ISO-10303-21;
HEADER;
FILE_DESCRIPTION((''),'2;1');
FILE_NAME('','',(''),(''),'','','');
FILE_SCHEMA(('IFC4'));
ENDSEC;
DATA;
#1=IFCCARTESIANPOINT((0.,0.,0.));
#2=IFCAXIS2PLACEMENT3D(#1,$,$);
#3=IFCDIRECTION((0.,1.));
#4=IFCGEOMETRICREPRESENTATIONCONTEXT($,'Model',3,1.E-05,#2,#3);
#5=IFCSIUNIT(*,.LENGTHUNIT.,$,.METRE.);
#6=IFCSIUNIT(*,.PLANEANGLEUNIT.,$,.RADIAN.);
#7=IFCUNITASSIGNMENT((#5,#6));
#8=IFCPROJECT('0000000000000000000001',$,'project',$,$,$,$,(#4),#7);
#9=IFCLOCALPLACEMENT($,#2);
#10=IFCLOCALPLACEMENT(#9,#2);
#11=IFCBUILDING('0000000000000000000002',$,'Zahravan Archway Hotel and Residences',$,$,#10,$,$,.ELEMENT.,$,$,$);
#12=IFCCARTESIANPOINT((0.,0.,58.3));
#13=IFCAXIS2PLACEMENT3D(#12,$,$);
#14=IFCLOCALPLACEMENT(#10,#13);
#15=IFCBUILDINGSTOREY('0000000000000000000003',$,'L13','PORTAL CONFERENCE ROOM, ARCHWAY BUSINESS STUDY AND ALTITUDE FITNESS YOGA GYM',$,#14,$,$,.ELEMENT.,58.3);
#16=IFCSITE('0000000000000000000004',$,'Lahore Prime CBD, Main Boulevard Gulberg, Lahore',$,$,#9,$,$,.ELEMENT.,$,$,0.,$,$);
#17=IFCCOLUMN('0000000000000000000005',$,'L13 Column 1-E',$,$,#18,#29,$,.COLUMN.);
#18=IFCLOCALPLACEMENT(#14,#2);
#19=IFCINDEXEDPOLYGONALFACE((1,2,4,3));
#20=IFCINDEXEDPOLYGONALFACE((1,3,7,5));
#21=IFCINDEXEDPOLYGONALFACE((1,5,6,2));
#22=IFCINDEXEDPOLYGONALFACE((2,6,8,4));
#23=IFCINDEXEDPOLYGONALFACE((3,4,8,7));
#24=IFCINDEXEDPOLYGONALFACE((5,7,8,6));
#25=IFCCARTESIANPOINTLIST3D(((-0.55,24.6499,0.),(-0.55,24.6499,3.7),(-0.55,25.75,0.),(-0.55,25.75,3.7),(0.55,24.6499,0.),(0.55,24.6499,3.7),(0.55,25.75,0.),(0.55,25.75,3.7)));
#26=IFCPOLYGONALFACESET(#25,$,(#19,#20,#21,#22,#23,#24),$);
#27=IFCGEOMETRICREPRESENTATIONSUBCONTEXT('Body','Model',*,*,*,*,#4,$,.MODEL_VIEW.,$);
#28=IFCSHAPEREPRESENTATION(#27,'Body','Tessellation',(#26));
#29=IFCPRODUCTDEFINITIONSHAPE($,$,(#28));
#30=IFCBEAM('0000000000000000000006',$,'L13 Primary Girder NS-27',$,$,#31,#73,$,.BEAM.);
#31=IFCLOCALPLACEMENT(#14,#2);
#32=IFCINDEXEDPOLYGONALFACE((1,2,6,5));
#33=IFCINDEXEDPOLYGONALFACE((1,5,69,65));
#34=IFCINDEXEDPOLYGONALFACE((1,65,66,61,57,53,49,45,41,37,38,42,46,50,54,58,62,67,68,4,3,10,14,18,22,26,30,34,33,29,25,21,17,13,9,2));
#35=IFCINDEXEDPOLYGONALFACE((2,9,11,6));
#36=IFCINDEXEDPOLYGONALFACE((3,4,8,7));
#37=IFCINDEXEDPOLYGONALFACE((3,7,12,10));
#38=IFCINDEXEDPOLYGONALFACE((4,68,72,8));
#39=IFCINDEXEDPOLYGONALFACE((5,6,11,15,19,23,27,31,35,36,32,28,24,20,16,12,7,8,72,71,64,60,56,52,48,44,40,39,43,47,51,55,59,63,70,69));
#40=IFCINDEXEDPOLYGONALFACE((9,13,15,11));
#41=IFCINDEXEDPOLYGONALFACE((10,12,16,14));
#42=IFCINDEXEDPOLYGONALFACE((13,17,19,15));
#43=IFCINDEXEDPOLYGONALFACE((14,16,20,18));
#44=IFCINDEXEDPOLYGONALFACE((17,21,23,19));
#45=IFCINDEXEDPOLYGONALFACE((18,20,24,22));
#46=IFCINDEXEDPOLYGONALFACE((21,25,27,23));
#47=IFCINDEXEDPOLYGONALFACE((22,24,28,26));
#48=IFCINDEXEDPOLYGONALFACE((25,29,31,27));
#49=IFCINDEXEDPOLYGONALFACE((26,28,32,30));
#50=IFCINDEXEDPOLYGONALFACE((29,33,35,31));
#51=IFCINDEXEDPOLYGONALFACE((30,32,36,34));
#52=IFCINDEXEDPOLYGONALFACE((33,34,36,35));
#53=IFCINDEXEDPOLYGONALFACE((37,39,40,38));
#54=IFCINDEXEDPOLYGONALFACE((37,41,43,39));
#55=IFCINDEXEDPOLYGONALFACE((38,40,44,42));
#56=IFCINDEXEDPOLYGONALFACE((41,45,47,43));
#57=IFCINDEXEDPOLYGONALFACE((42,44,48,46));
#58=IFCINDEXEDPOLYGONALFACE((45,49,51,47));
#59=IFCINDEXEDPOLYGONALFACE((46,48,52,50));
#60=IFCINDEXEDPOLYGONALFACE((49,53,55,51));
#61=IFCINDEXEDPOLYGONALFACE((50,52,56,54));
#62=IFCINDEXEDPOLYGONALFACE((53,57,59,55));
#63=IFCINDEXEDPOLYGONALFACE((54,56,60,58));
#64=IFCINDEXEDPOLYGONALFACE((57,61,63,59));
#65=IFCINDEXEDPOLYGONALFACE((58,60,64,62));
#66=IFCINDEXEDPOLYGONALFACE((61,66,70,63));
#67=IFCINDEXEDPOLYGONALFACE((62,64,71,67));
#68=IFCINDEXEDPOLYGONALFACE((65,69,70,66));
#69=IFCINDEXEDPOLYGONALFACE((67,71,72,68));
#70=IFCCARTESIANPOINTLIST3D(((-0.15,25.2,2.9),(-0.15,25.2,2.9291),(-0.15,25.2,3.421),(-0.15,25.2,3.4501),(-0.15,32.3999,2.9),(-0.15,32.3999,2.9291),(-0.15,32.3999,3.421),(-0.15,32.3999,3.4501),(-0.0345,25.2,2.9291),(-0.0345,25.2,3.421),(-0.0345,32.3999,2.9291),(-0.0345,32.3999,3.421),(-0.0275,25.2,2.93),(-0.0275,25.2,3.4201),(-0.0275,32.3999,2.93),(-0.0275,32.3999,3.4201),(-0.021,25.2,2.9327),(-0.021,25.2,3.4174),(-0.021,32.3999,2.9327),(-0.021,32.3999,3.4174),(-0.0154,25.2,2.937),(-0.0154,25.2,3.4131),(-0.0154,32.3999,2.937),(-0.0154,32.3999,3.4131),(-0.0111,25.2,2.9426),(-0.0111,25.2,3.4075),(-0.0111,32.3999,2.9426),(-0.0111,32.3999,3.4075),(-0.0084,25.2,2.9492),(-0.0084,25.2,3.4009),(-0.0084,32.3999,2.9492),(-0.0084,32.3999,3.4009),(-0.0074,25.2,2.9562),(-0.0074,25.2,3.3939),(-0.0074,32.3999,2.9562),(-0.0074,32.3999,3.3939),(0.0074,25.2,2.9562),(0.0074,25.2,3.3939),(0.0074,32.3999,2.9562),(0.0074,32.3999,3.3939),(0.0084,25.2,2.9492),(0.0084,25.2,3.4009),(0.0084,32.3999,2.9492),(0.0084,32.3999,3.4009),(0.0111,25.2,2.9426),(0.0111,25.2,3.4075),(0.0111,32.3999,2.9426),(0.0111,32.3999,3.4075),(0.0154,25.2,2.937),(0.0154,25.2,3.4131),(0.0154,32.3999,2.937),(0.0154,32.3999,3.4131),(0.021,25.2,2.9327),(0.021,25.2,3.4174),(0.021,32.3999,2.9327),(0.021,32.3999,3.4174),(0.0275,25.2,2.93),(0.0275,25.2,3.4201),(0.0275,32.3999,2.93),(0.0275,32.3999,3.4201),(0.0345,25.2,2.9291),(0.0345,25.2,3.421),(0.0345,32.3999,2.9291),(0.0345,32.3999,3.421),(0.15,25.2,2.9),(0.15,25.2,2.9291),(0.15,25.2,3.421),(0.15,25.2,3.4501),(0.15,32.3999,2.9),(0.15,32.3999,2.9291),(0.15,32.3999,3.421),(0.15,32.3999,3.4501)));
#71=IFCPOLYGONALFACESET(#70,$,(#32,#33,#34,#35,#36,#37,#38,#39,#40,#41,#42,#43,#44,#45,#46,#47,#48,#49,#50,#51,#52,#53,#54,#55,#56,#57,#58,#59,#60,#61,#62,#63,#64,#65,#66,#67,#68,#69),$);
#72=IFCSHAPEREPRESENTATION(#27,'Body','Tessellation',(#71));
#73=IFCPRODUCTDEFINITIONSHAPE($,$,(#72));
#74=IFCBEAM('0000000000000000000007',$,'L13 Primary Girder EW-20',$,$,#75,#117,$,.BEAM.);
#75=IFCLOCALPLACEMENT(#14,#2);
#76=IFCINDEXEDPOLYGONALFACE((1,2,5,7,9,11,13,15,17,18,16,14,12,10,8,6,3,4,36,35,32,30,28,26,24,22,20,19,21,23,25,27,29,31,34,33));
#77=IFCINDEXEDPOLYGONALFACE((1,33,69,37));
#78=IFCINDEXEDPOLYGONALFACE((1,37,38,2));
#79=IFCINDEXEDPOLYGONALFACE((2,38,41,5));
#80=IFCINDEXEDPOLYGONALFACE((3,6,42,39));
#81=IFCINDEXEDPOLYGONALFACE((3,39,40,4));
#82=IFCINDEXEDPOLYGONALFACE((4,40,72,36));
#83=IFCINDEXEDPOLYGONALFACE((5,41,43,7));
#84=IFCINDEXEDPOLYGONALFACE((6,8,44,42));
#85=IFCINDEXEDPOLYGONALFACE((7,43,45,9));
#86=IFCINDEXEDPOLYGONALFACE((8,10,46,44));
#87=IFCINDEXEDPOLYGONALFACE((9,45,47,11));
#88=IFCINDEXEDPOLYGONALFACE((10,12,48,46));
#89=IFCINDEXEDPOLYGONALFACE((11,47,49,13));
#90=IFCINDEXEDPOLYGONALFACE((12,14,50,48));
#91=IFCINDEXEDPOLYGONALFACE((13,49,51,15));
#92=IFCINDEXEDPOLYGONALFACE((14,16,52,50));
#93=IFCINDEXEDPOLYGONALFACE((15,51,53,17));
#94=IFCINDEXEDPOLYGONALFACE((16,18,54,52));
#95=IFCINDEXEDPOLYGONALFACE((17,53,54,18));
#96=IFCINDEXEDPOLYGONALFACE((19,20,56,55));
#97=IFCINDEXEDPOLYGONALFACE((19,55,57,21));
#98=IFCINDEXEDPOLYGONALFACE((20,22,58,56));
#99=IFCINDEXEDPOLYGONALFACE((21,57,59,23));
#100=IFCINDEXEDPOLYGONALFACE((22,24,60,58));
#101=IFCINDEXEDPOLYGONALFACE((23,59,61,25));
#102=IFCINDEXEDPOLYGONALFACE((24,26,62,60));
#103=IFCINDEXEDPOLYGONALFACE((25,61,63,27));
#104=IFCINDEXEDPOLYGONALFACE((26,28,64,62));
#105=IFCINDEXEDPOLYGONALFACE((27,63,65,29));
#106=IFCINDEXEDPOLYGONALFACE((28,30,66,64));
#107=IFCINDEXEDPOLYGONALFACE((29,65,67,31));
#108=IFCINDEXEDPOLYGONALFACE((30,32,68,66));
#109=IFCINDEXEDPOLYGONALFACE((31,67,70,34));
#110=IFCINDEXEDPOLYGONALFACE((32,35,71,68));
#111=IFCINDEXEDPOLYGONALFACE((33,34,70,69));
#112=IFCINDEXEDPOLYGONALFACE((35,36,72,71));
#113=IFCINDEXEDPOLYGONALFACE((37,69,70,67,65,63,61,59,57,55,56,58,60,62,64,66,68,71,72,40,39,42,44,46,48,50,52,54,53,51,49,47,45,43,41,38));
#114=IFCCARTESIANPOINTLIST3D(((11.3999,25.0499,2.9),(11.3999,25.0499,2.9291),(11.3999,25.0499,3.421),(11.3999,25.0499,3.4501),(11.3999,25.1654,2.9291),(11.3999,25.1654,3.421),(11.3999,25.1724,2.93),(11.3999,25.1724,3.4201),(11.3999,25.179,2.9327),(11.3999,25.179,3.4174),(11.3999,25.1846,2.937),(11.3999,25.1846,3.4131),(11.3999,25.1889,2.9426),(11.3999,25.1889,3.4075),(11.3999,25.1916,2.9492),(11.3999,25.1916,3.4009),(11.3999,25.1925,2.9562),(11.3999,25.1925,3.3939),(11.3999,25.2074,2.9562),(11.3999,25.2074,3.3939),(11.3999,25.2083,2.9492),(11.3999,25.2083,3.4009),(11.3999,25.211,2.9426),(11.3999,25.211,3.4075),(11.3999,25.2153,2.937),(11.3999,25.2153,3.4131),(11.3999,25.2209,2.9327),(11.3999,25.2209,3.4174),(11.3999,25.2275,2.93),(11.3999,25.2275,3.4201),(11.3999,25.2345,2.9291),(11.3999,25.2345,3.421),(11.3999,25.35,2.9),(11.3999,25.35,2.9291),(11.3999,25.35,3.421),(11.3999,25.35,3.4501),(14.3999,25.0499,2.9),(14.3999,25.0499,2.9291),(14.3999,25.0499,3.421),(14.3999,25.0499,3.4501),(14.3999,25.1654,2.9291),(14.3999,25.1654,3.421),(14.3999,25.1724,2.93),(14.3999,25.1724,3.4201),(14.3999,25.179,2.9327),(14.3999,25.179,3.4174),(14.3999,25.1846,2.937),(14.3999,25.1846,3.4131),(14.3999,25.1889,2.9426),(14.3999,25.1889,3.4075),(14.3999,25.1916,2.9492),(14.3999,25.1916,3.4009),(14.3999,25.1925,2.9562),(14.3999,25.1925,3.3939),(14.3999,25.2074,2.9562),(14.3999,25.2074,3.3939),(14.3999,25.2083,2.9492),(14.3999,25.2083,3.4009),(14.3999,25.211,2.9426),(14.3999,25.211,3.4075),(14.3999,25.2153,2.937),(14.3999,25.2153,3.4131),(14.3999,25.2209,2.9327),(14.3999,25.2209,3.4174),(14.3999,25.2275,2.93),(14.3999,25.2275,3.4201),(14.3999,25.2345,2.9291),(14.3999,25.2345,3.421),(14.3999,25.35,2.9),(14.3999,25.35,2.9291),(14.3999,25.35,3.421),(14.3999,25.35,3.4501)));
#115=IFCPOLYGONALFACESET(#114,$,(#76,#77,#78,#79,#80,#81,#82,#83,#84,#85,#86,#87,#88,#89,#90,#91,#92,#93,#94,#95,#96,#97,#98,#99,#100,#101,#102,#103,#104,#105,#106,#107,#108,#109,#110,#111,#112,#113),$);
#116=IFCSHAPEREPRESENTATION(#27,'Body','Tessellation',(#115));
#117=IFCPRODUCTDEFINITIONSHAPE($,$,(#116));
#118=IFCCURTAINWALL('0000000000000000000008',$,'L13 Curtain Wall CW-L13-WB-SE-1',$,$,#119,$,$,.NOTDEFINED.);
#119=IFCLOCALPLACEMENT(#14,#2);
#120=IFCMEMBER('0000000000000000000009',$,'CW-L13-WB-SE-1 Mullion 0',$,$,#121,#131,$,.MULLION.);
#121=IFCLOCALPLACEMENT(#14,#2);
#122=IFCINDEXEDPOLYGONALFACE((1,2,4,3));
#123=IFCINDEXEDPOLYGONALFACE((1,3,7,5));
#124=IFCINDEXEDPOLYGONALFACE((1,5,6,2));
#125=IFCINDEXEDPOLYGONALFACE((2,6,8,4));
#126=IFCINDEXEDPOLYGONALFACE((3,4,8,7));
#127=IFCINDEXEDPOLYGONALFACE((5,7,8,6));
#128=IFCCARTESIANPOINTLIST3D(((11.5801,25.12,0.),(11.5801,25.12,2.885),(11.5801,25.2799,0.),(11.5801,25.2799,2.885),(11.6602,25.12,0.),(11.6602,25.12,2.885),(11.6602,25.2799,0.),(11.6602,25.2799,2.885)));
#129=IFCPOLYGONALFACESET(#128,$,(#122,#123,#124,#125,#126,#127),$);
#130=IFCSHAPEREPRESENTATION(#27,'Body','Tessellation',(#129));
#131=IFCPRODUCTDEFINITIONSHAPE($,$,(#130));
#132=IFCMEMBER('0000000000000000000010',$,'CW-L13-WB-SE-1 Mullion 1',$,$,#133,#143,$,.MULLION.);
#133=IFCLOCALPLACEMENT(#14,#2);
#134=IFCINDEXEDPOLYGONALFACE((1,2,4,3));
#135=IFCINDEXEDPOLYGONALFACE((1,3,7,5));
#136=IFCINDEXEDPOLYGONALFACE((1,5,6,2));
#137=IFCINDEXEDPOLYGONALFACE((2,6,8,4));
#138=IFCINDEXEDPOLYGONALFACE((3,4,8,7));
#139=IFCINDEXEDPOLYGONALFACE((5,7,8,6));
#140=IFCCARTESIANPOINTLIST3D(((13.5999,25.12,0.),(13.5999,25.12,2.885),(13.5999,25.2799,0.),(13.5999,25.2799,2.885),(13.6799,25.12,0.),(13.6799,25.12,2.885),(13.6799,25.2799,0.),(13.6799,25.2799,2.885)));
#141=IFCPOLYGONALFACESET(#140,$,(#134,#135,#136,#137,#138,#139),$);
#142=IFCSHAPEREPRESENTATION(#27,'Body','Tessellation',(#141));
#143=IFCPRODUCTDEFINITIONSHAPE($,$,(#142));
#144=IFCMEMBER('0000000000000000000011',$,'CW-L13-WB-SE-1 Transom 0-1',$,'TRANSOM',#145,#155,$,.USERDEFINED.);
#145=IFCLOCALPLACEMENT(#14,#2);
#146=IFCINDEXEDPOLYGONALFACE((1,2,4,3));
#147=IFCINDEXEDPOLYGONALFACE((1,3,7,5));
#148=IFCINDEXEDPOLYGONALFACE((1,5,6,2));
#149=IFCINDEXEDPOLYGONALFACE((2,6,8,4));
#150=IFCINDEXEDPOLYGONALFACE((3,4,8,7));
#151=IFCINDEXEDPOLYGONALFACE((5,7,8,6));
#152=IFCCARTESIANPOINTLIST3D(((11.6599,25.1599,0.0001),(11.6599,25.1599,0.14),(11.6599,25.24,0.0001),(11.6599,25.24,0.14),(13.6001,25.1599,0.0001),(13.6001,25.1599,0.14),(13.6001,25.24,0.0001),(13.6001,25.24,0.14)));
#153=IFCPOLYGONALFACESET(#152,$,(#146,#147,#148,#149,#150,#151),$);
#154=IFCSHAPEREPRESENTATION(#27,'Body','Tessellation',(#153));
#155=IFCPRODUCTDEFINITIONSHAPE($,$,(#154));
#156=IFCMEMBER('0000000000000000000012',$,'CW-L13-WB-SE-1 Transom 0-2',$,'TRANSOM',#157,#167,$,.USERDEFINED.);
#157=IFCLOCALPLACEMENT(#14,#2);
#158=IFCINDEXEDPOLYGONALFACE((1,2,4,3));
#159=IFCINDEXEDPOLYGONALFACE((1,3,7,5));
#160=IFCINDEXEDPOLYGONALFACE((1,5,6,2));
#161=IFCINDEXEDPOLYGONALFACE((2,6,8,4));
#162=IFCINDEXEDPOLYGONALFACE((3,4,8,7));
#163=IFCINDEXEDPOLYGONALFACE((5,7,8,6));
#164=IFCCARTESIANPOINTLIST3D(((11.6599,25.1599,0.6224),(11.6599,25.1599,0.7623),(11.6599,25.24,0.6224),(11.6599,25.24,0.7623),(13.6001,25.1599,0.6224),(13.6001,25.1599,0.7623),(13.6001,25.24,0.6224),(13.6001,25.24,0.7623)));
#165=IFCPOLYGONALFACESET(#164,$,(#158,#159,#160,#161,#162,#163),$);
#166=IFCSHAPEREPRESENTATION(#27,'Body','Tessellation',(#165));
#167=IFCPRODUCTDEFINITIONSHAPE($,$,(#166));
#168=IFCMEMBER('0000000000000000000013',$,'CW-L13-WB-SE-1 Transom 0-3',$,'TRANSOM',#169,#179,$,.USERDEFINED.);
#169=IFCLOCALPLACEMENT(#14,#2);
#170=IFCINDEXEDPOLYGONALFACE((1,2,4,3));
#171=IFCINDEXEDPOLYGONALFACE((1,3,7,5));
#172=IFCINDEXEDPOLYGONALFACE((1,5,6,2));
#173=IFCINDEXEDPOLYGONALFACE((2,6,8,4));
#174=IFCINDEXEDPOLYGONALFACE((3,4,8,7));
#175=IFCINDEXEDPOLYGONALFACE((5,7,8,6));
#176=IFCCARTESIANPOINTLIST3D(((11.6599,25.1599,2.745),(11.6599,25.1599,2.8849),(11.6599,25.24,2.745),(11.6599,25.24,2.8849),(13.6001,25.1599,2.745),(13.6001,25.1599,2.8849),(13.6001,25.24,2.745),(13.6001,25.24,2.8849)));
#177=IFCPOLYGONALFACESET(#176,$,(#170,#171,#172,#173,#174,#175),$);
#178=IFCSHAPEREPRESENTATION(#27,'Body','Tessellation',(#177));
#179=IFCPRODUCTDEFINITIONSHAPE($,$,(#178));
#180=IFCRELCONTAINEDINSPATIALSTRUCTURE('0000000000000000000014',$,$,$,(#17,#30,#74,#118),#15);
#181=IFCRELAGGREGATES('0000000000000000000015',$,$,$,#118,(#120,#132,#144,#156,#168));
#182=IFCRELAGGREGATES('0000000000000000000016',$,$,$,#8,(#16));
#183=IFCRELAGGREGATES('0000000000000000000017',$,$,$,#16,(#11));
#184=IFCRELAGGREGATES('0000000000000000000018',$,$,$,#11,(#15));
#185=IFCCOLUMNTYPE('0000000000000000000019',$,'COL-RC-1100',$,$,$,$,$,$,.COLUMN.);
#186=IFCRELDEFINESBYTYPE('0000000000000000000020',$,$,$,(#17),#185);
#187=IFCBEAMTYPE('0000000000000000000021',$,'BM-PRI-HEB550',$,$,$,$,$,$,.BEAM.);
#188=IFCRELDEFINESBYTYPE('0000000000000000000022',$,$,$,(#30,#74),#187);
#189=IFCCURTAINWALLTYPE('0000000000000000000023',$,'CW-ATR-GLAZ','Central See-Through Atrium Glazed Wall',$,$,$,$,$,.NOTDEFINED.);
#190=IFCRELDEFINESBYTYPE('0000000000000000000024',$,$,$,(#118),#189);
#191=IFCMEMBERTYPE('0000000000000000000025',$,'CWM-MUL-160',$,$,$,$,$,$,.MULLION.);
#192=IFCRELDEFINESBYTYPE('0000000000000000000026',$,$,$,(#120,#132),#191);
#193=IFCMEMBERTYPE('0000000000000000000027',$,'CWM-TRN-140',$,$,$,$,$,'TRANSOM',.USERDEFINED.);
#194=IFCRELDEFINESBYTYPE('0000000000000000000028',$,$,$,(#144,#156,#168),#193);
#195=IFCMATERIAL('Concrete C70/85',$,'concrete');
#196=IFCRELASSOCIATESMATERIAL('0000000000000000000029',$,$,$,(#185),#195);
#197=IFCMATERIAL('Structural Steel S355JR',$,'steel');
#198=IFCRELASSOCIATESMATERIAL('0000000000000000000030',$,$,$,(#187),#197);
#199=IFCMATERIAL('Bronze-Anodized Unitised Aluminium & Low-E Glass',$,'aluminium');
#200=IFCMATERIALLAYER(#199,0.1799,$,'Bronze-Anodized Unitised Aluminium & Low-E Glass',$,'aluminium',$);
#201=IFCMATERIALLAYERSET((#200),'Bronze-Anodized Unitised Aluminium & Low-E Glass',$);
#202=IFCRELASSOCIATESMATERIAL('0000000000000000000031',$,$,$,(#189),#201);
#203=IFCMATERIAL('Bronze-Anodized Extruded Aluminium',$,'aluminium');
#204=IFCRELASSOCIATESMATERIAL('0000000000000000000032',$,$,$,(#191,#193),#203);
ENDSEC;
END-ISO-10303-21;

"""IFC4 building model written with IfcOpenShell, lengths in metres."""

from ifc_helpers import new_model, si_unit, direction, frame, origin, origin_2d, place, context, subcontext, project, spatial, rectangle, i_section, extrude, source, transform, mapped, material, layer, layer_set, material_profile, profile_set, type_object, element, aggregate, save


model = new_model("IFC4")

# Units and contexts
model_context = context("Model", 3, precision=1e-05, world=origin(), true_north=direction((0.0, 1.0)))
body_context = subcontext(model_context, "Body", "Model", "MODEL_VIEW")
ifc_project = project(units=[si_unit("LENGTHUNIT", "METRE"), si_unit("PLANEANGLEUNIT", "RADIAN")], contexts=[model_context])

# Site, building, storey
site_placement = place(None, origin())
site = spatial("IfcSite", under=ifc_project, at=site_placement, Name="Lahore Prime CBD, Main Boulevard Gulberg, Lahore", CompositionType="ELEMENT", RefElevation=0.0)
building_placement = place(site_placement, origin())
building = spatial("IfcBuilding", under=site, at=building_placement, Name="Zahravan Archway Hotel and Residences", CompositionType="ELEMENT")
storey_placement = place(building_placement, frame((0.0, 0.0, 58.3)))
storey = spatial("IfcBuildingStorey", under=building, at=storey_placement, Name="L13", Description="PORTAL CONFERENCE ROOM, ARCHWAY BUSINESS STUDY AND ALTITUDE FITNESS YOGA GYM", CompositionType="ELEMENT", Elevation=58.3)

# Column
ifc_material_1 = material(Name="Concrete C70/85", Category="concrete")
ifc_material_profile_1 = material_profile(ifc_material_1, rectangle(XDim=1.1001, YDim=1.1001, at=origin_2d()), Name="RC 1100x1100", Category="concrete")
ifc_profile_set_1 = profile_set([ifc_material_profile_1], Name="Concrete C70/85")
column_type = type_object("IfcColumnType", Name="COL-RC-1100", PredefinedType="COLUMN", material=ifc_profile_set_1)
shared_shape_1 = source(origin(), body_context, "Body", "SweptSolid", [
    extrude(rectangle(XDim=1.1001, YDim=1.1001, at=origin_2d()), origin(), (0.0, 0.0, 1.0), 3.7),
])
column_placement = place(storey_placement, frame((0.0, 25.2, 0.0), z_axis=(0.0, 0.0, 1.0), x_axis=(1.0, 0.0, 0.0)))
element("IfcColumn", 1, at=column_placement, inside=storey, type_object=column_type, Name="L13 Column 1-E", PredefinedType="COLUMN", context=body_context, shape_type="MappedRepresentation", body=[
    mapped(shared_shape_1, transform((0.0, 0.0, 0.0), scale=1.0)),
])

# Beams
ifc_material_2 = material(Name="Structural Steel S355JR", Category="steel")
ifc_material_profile_2 = material_profile(ifc_material_2, i_section(OverallWidth=0.3, OverallDepth=0.55, WebThickness=0.0149, FlangeThickness=0.0291, FilletRadius=0.0271, at=origin_2d()), Name="HEB 550", Category="steel")
ifc_profile_set_2 = profile_set([ifc_material_profile_2], Name="Structural Steel S355JR")
beam_type = type_object("IfcBeamType", Name="BM-PRI-HEB550", PredefinedType="BEAM", material=ifc_profile_set_2)
shared_shape_2 = source(origin(), body_context, "Body", "SweptSolid", [
    extrude(i_section(OverallWidth=0.3, OverallDepth=0.55, WebThickness=0.0149, FlangeThickness=0.0291, FilletRadius=0.0271, at=origin_2d()), origin(), (0.0, 0.0, 1.0), 7.2),
])
beam_1_placement = place(storey_placement, frame((0.0, 25.2, 3.175), z_axis=(0.0, 1.0, 0.0), x_axis=(-1.0, 0.0, 0.0)))
element("IfcBeam", 2, at=beam_1_placement, inside=storey, type_object=beam_type, Name="L13 Primary Girder NS-27", PredefinedType="BEAM", context=body_context, shape_type="MappedRepresentation", body=[
    mapped(shared_shape_2, transform((0.0, 0.0, 0.0), scale=1.0)),
])
shared_shape_3 = source(origin(), body_context, "Body", "SweptSolid", [
    extrude(i_section(OverallWidth=0.3, OverallDepth=0.55, WebThickness=0.0149, FlangeThickness=0.0291, FilletRadius=0.0271, at=origin_2d()), origin(), (0.0, 0.0, 1.0), 3.0),
])
beam_2_placement = place(storey_placement, frame((11.3999, 25.2, 3.175), z_axis=(1.0, 0.0, 0.0), x_axis=(0.0, 1.0, 0.0)))
element("IfcBeam", 3, at=beam_2_placement, inside=storey, type_object=beam_type, Name="L13 Primary Girder EW-20", PredefinedType="BEAM", context=body_context, shape_type="MappedRepresentation", body=[
    mapped(shared_shape_3, transform((0.0, 0.0, 0.0), scale=1.0)),
])

# Curtain wall, members
ifc_material_3 = material(Name="Bronze-Anodized Unitised Aluminium & Low-E Glass", Category="aluminium")
ifc_layer_1 = layer(ifc_material_3, 0.1799, Name="Bronze-Anodized Unitised Aluminium & Low-E Glass", Category="aluminium")
ifc_layer_set_1 = layer_set([ifc_layer_1], Name="Bronze-Anodized Unitised Aluminium & Low-E Glass")
curtain_wall_type = type_object("IfcCurtainWallType", Name="CW-ATR-GLAZ", Description="Central See-Through Atrium Glazed Wall", PredefinedType="NOTDEFINED", material=ifc_layer_set_1)
curtain_wall_placement = place(storey_placement, origin())
curtain_wall = element("IfcCurtainWall", 4, at=curtain_wall_placement, inside=storey, type_object=curtain_wall_type, Name="L13 Curtain Wall CW-L13-WB-SE-1", PredefinedType="NOTDEFINED")
ifc_material_4 = material(Name="Bronze-Anodized Extruded Aluminium", Category="aluminium")
ifc_material_profile_3 = material_profile(ifc_material_4, rectangle(XDim=0.0801, YDim=0.1599, at=origin_2d()), Name="MUL 80x160", Category="aluminium")
ifc_profile_set_3 = profile_set([ifc_material_profile_3], Name="Bronze-Anodized Extruded Aluminium")
member_type_1 = type_object("IfcMemberType", Name="CWM-MUL-160", PredefinedType="MULLION", material=ifc_profile_set_3)
shared_shape_4 = source(origin(), body_context, "Body", "SweptSolid", [
    extrude(rectangle(XDim=0.0801, YDim=0.1599, at=origin_2d()), origin(), (0.0, 0.0, 1.0), 2.885),
])
member_1_placement = place(storey_placement, frame((11.6201, 25.2, 0.0), z_axis=(0.0, 0.0, 1.0), x_axis=(1.0, 0.0, 0.0)))
member_1 = element("IfcMember", 5, at=member_1_placement, type_object=member_type_1, Name="CW-L13-WB-SE-1 Mullion 0", PredefinedType="MULLION", context=body_context, shape_type="MappedRepresentation", body=[
    mapped(shared_shape_4, transform((0.0, 0.0, 0.0), scale=1.0)),
])
member_2_placement = place(storey_placement, frame((13.6399, 25.2, 0.0), z_axis=(0.0, 0.0, 1.0), x_axis=(1.0, 0.0, 0.0)))
member_2 = element("IfcMember", 6, at=member_2_placement, type_object=member_type_1, Name="CW-L13-WB-SE-1 Mullion 1", PredefinedType="MULLION", context=body_context, shape_type="MappedRepresentation", body=[
    mapped(shared_shape_4, transform((0.0, 0.0, 0.0), scale=1.0)),
])
ifc_material_profile_4 = material_profile(ifc_material_4, rectangle(XDim=0.0801, YDim=0.1399, at=origin_2d()), Name="TRN 80x140", Category="aluminium")
ifc_profile_set_4 = profile_set([ifc_material_profile_4], Name="Bronze-Anodized Extruded Aluminium")
member_type_2 = type_object("IfcMemberType", Name="CWM-TRN-140", ElementType="TRANSOM", PredefinedType="USERDEFINED", material=ifc_profile_set_4)
shared_shape_5 = source(origin(), body_context, "Body", "SweptSolid", [
    extrude(rectangle(XDim=0.0801, YDim=0.1399, at=origin_2d()), origin(), (0.0, 0.0, 1.0), 1.9402),
])
member_3_placement = place(storey_placement, frame((11.6599, 25.2, 0.0701), z_axis=(1.0, 0.0, 0.0), x_axis=(0.0, 1.0, 0.0)))
member_3 = element("IfcMember", 7, at=member_3_placement, type_object=member_type_2, Name="CW-L13-WB-SE-1 Transom 0-1", ObjectType="TRANSOM", PredefinedType="USERDEFINED", context=body_context, shape_type="MappedRepresentation", body=[
    mapped(shared_shape_5, transform((0.0, 0.0, 0.0), scale=1.0)),
])
member_4_placement = place(storey_placement, frame((11.6599, 25.2, 0.6924), z_axis=(1.0, 0.0, 0.0), x_axis=(0.0, 1.0, 0.0)))
member_4 = element("IfcMember", 8, at=member_4_placement, type_object=member_type_2, Name="CW-L13-WB-SE-1 Transom 0-2", ObjectType="TRANSOM", PredefinedType="USERDEFINED", context=body_context, shape_type="MappedRepresentation", body=[
    mapped(shared_shape_5, transform((0.0, 0.0, 0.0), scale=1.0)),
])
member_5_placement = place(storey_placement, frame((11.6599, 25.2, 2.8149), z_axis=(1.0, 0.0, 0.0), x_axis=(0.0, 1.0, 0.0)))
member_5 = element("IfcMember", 9, at=member_5_placement, type_object=member_type_2, Name="CW-L13-WB-SE-1 Transom 0-3", ObjectType="TRANSOM", PredefinedType="USERDEFINED", context=body_context, shape_type="MappedRepresentation", body=[
    mapped(shared_shape_5, transform((0.0, 0.0, 0.0), scale=1.0)),
])

aggregate(curtain_wall, [member_1, member_2, member_3, member_4, member_5])

save(model, "model.ifc")
